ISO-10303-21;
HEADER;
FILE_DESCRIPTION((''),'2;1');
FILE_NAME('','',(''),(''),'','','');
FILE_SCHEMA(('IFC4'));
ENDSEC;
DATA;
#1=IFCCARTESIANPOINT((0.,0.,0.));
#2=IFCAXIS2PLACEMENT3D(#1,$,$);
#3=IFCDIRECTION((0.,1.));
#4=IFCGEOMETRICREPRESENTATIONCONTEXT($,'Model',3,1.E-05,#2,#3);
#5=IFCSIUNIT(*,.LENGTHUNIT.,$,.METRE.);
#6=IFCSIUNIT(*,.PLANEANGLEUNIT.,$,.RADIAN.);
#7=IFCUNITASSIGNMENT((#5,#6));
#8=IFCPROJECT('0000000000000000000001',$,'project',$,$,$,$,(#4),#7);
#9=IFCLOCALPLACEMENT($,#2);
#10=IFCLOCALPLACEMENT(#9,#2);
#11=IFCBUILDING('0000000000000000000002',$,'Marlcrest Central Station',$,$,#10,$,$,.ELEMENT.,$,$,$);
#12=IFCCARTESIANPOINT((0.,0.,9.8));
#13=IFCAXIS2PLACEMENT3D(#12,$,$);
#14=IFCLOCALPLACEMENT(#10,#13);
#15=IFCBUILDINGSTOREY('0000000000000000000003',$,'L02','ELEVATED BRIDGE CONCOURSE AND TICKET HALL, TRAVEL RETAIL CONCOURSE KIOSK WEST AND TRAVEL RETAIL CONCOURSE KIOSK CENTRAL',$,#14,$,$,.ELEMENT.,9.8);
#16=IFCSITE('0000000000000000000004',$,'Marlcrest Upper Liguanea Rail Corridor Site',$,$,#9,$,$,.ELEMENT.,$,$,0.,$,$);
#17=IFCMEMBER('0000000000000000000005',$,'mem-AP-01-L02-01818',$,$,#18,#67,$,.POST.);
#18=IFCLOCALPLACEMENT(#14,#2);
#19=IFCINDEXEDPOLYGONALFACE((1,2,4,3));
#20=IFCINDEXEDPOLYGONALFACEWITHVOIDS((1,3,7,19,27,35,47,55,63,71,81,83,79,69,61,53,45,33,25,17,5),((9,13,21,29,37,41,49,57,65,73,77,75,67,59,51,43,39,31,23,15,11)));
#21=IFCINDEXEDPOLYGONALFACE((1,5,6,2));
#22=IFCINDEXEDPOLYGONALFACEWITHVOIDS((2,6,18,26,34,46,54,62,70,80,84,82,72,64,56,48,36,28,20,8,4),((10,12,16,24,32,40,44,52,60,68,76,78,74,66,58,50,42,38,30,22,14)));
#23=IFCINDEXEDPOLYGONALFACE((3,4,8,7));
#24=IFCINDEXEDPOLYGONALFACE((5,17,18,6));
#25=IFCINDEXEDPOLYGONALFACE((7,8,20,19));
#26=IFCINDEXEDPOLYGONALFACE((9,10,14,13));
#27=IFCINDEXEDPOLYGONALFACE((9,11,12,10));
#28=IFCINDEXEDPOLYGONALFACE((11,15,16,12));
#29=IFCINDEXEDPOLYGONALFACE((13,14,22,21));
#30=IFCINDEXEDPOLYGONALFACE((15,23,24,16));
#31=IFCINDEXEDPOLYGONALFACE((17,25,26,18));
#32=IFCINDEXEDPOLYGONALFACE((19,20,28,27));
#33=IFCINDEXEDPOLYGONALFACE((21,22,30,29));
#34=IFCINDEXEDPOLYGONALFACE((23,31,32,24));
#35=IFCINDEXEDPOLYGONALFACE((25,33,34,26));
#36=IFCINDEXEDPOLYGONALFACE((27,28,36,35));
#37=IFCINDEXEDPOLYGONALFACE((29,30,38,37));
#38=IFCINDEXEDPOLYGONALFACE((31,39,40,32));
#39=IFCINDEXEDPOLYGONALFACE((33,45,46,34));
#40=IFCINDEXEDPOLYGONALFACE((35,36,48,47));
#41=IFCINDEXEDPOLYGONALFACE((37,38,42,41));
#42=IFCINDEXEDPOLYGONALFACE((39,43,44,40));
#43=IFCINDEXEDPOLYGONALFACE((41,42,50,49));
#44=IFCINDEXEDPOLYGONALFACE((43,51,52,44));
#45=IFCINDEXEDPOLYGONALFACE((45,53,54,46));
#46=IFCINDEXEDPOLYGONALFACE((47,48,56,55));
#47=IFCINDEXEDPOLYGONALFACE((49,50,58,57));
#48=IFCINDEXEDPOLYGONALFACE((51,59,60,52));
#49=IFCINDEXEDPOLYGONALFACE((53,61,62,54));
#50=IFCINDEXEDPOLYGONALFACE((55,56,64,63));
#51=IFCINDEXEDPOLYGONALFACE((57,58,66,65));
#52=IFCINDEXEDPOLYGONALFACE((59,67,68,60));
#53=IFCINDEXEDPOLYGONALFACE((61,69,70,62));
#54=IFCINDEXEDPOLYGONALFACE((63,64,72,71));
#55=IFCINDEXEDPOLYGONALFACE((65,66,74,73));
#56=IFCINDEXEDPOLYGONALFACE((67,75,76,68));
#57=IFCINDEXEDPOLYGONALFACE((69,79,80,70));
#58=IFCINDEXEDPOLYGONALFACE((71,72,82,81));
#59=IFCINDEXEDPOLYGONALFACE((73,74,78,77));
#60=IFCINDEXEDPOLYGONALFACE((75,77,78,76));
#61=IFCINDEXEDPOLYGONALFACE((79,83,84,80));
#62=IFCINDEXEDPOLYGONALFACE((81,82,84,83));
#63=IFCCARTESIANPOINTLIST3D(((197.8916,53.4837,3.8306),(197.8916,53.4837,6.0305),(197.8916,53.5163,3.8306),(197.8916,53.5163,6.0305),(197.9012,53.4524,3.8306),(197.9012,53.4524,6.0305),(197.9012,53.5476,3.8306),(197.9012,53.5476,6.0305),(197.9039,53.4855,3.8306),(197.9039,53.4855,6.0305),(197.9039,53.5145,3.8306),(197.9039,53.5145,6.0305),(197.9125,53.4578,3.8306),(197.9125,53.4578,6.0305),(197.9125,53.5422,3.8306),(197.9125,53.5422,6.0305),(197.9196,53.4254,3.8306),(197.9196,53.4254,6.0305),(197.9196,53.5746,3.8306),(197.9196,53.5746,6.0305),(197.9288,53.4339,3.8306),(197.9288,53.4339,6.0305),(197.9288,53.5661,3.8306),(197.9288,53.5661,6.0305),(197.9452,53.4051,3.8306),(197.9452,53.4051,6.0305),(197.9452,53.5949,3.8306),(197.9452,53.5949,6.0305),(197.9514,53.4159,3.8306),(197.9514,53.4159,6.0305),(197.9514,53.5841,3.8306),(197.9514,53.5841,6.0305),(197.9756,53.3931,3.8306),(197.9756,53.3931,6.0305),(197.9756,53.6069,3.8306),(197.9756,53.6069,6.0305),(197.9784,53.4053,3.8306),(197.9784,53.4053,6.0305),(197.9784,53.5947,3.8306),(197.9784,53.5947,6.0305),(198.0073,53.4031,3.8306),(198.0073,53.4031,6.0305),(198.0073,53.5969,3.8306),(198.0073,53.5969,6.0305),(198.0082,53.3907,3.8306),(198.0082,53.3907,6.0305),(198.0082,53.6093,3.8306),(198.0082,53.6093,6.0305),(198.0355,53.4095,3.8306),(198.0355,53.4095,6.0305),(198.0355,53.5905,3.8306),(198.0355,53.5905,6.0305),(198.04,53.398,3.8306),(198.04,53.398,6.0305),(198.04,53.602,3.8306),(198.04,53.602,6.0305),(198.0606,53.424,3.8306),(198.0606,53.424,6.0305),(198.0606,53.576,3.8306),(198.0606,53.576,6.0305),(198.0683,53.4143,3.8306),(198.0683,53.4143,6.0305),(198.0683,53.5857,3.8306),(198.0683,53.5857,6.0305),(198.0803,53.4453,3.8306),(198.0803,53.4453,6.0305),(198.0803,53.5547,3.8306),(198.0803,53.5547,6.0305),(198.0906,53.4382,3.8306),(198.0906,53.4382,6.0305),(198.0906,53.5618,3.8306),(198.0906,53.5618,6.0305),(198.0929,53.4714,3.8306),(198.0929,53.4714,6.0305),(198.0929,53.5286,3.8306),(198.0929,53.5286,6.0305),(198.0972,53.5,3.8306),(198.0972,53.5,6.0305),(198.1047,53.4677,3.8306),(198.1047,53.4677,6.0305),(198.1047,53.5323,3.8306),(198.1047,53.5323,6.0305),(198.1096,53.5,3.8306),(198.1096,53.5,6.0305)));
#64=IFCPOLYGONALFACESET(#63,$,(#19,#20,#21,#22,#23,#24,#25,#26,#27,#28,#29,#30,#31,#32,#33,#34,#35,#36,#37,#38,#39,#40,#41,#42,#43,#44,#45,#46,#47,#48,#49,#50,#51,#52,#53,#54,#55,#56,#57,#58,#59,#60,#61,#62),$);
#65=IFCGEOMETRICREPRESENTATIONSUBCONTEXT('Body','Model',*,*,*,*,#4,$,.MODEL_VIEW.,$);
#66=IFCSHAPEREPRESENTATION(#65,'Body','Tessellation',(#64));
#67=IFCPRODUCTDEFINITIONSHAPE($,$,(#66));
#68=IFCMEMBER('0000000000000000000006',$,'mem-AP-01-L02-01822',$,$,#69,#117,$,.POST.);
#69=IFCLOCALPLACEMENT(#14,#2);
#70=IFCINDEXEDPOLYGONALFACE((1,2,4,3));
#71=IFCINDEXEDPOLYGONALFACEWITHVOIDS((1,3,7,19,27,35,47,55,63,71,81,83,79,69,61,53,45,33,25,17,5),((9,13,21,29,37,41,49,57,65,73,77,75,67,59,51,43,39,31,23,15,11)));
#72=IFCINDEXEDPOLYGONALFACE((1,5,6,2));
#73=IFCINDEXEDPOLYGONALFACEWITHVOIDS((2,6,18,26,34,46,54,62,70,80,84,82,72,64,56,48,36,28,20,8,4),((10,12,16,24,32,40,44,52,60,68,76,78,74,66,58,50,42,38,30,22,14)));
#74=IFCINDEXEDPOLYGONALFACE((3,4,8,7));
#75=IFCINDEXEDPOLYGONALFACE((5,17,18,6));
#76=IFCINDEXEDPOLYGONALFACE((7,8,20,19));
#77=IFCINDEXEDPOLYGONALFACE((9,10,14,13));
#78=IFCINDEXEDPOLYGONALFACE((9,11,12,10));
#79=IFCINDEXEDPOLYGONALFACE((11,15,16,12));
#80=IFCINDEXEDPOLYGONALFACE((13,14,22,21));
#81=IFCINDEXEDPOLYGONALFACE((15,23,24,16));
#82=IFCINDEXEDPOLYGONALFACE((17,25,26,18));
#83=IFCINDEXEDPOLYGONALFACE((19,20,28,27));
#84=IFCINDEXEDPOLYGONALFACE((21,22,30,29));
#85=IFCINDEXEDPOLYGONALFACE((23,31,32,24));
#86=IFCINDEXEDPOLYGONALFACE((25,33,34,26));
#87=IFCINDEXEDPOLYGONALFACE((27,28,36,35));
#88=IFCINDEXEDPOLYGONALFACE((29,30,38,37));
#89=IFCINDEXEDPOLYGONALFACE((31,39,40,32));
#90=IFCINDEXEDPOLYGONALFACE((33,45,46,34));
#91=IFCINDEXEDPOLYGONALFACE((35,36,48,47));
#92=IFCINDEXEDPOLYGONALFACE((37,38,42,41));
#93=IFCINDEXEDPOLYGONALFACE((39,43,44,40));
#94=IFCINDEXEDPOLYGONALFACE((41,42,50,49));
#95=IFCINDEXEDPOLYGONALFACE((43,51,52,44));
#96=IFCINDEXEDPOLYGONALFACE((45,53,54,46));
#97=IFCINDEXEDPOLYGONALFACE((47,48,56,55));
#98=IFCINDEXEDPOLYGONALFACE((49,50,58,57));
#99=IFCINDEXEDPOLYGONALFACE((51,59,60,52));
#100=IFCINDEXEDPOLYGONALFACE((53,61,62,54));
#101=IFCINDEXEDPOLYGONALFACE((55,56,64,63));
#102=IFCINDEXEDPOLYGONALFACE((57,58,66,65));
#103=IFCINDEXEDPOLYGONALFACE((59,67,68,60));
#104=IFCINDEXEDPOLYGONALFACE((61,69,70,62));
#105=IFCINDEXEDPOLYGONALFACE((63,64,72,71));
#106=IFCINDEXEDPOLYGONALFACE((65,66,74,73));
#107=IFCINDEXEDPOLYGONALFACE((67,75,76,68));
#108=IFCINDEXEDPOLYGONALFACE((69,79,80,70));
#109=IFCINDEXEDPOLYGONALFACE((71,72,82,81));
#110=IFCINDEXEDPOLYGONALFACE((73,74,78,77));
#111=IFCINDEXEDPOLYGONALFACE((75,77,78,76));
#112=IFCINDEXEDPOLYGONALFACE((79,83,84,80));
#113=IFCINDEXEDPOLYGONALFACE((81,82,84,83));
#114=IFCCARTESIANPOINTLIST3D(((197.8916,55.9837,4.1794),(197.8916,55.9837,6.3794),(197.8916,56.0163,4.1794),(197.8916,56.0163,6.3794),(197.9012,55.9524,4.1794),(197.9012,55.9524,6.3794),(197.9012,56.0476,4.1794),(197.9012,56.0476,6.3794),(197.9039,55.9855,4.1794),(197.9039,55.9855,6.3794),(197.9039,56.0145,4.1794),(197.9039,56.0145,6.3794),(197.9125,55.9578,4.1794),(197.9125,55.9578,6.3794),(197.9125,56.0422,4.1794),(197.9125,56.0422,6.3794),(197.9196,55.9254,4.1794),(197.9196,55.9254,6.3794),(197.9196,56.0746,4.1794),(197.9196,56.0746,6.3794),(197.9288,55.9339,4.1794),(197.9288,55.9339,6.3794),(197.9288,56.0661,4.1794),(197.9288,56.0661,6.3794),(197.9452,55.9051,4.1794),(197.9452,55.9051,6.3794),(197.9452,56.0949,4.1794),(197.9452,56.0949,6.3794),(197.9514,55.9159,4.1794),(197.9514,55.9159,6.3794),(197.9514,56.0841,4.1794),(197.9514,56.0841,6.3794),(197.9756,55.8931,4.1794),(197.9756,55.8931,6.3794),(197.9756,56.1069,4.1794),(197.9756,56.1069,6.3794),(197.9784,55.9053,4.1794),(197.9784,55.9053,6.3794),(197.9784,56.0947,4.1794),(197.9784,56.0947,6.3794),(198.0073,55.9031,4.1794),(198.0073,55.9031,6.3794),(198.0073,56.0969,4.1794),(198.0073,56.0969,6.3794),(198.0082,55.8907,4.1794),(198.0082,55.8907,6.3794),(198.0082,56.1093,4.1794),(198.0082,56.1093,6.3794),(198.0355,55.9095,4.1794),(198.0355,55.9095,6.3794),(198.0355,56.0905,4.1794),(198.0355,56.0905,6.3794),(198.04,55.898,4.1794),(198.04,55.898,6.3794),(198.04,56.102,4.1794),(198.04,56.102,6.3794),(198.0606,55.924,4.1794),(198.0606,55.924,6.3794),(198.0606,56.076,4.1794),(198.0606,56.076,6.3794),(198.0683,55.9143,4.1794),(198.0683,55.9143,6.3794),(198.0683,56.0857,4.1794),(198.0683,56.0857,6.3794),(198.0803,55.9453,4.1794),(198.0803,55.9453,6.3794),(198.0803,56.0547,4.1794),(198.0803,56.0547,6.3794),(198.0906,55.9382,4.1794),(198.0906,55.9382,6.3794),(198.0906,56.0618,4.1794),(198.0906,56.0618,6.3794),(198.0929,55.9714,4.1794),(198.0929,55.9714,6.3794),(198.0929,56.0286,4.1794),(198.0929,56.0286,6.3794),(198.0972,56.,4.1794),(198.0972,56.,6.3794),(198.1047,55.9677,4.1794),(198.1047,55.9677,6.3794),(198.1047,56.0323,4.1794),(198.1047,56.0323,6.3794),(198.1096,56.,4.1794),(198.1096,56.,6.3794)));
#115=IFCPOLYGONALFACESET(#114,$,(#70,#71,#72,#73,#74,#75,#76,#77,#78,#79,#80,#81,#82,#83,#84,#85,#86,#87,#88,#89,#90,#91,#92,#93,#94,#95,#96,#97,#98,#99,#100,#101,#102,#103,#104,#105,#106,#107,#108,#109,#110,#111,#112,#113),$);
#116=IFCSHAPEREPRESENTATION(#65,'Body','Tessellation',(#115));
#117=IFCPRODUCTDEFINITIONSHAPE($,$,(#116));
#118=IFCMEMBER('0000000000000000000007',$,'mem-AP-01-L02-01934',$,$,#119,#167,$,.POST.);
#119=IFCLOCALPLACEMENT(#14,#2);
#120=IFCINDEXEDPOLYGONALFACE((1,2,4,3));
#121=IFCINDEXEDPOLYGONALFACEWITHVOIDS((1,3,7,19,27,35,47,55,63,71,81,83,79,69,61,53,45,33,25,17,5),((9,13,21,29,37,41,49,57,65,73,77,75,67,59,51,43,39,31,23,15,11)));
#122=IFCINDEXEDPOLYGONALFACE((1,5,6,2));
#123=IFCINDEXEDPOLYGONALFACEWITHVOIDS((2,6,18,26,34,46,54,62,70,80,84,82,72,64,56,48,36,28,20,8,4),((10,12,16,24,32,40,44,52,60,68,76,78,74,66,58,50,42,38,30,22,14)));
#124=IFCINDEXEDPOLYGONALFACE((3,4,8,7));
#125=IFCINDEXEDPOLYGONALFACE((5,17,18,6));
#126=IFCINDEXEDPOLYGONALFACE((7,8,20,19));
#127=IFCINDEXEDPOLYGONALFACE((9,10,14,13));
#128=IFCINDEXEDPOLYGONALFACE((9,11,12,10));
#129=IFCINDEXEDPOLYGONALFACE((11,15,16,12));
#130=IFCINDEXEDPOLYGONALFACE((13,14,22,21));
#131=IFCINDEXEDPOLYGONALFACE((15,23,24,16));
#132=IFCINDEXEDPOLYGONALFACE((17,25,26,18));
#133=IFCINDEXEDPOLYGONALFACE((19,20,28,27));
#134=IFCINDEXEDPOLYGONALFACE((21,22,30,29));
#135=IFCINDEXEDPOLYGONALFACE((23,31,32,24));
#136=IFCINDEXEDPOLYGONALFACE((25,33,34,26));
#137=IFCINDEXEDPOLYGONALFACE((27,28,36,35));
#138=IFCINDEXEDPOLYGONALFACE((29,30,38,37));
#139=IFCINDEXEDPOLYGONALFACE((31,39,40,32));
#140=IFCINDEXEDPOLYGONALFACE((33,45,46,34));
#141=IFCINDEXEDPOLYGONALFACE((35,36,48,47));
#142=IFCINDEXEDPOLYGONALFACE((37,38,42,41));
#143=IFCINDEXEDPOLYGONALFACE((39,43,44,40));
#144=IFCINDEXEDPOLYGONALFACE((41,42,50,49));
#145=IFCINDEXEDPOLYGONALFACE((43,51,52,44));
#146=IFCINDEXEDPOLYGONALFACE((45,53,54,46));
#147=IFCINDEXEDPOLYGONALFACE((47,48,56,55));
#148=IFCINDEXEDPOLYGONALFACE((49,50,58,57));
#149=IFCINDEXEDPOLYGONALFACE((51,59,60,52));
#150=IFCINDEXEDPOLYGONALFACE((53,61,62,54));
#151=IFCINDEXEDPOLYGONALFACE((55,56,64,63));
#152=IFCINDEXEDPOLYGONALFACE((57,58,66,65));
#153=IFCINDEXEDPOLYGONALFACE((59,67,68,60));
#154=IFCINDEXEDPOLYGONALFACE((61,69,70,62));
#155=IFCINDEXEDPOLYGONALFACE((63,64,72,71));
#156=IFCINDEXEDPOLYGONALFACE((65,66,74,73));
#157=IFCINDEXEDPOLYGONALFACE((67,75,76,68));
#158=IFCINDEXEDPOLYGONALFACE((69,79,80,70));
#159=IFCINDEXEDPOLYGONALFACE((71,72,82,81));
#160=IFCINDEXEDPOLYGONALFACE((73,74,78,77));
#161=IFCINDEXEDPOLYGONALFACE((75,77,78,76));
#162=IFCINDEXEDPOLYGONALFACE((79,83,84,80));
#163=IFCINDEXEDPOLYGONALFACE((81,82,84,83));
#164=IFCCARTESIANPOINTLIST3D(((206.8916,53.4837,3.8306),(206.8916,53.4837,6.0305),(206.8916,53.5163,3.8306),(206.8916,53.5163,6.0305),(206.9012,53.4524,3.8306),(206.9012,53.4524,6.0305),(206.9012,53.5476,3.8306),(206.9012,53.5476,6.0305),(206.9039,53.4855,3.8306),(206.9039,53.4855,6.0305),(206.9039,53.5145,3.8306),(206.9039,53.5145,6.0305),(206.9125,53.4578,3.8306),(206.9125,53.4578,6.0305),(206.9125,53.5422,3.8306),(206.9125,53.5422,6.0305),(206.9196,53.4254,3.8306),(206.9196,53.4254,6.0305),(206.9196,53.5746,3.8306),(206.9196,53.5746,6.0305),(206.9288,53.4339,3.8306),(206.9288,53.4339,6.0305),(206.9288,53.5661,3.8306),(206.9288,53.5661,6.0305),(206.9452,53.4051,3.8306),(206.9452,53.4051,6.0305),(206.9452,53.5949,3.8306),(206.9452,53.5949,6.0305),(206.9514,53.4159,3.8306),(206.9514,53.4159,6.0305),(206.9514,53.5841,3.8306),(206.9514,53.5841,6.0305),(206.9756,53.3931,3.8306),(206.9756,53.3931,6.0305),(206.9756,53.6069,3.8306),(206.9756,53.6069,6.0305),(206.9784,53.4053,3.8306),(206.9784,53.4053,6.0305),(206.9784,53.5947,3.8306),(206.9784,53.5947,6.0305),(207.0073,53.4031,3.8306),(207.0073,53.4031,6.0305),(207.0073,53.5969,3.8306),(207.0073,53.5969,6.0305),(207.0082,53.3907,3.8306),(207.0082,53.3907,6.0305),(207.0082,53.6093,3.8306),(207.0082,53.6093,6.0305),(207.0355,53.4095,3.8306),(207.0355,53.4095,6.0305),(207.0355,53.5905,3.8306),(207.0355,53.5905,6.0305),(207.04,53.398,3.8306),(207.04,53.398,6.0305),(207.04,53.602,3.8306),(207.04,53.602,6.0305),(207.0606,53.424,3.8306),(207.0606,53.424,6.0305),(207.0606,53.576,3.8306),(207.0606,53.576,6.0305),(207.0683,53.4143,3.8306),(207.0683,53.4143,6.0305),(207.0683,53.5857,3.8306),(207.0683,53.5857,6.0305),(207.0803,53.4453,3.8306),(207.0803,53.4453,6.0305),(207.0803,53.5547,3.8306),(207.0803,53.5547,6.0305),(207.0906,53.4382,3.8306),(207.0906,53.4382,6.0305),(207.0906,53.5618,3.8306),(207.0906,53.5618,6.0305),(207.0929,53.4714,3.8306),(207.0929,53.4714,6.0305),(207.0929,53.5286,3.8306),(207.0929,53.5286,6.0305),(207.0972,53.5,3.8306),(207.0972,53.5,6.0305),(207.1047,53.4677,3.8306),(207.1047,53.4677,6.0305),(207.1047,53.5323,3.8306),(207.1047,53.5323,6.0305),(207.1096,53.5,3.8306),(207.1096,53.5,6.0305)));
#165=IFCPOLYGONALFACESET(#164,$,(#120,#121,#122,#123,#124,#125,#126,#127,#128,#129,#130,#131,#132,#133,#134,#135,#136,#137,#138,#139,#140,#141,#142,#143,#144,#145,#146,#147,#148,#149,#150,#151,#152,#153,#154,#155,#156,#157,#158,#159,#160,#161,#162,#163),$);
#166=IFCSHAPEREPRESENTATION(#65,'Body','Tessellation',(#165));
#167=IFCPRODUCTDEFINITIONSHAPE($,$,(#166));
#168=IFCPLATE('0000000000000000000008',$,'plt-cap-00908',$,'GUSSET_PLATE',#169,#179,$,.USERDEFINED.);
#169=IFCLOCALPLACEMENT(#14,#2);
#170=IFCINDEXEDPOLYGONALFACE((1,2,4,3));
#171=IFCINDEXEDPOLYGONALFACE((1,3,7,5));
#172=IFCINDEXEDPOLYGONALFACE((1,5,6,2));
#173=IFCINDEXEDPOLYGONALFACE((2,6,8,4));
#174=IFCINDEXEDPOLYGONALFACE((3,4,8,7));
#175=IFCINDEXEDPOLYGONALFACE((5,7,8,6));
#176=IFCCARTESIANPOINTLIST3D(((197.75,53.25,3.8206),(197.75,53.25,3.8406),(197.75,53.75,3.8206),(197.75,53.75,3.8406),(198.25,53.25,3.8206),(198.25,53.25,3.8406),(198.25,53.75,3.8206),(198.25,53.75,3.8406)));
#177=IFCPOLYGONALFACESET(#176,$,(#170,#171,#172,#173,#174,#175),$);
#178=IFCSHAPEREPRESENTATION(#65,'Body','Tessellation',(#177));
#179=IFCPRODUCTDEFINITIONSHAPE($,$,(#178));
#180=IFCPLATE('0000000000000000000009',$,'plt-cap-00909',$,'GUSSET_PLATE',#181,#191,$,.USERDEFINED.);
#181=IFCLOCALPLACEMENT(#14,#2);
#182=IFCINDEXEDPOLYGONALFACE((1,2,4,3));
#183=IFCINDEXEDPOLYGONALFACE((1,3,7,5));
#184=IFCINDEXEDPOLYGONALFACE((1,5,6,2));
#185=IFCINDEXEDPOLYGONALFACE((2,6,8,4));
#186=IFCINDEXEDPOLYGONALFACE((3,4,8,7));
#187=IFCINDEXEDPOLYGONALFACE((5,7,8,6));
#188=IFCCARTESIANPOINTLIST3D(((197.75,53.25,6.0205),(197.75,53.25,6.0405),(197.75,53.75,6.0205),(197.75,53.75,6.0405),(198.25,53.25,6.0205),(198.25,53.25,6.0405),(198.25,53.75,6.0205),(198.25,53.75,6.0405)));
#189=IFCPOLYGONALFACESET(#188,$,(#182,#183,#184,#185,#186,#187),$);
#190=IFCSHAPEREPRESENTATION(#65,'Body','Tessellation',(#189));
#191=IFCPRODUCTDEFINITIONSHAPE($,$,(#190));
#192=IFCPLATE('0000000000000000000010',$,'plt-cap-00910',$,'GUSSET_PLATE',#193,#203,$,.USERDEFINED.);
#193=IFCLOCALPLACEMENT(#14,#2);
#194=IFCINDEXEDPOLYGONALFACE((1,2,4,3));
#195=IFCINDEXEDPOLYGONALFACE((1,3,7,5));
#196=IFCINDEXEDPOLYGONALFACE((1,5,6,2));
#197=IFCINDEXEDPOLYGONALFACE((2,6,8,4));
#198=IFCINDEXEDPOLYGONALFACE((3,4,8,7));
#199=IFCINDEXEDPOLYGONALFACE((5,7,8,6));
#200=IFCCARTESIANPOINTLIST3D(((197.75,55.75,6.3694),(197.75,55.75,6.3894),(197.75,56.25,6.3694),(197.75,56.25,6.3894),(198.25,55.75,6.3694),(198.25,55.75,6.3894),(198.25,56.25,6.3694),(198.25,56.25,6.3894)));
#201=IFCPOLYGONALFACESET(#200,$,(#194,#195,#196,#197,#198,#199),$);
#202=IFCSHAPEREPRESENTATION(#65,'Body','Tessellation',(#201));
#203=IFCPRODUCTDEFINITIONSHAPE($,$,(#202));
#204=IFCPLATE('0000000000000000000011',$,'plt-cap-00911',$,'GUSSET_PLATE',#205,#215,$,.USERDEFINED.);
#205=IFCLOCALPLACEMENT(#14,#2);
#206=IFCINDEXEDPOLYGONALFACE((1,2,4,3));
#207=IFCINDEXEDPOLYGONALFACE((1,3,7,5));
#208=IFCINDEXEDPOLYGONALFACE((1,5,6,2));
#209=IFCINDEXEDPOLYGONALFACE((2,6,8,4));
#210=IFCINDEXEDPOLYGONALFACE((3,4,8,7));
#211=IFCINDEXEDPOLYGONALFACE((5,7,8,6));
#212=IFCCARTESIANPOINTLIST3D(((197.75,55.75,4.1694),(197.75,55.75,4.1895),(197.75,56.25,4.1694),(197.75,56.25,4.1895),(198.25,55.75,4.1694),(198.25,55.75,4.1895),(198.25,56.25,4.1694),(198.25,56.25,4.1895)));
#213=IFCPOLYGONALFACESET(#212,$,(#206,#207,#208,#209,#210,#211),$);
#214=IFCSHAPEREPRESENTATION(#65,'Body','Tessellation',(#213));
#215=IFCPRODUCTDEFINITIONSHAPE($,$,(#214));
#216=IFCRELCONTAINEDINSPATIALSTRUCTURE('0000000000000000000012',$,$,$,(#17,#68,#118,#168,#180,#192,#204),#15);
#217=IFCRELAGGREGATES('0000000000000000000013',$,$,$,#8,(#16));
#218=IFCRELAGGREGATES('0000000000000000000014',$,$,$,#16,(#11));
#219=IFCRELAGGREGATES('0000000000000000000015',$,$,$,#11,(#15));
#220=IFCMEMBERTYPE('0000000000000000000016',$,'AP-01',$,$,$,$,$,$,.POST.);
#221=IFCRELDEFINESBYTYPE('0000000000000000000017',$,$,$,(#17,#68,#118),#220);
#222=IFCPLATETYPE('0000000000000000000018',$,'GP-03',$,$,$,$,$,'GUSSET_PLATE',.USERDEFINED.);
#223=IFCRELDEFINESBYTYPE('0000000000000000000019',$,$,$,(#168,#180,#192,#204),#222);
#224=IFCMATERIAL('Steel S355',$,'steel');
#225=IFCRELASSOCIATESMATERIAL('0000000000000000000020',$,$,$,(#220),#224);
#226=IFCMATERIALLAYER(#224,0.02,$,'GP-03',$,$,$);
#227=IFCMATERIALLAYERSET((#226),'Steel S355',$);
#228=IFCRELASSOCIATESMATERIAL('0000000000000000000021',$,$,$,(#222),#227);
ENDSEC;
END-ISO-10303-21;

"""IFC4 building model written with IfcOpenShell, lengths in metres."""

from ifc_helpers import new_model, si_unit, direction, frame, origin, origin_2d, place, context, subcontext, project, spatial, rectangle, hollow_circle, extrude, material, layer, layer_set, material_profile, profile_set, type_object, element, save


model = new_model("IFC4")

# Units and contexts
model_context = context("Model", 3, precision=1e-05, world=origin(), true_north=direction((0.0, 1.0)))
body_context = subcontext(model_context, "Body", "Model", "MODEL_VIEW")
ifc_project = project(units=[si_unit("LENGTHUNIT", "METRE"), si_unit("PLANEANGLEUNIT", "RADIAN")], contexts=[model_context])

# Site, building, storey
site_placement = place(None, origin())
site = spatial("IfcSite", under=ifc_project, at=site_placement, Name="Marlcrest Upper Liguanea Rail Corridor Site", CompositionType="ELEMENT", RefElevation=0.0)
building_placement = place(site_placement, origin())
building = spatial("IfcBuilding", under=site, at=building_placement, Name="Marlcrest Central Station", CompositionType="ELEMENT")
storey_placement = place(building_placement, frame((0.0, 0.0, 9.8)))
storey = spatial("IfcBuildingStorey", under=building, at=storey_placement, Name="L02", Description="ELEVATED BRIDGE CONCOURSE AND TICKET HALL, TRAVEL RETAIL CONCOURSE KIOSK WEST AND TRAVEL RETAIL CONCOURSE KIOSK CENTRAL", CompositionType="ELEMENT", Elevation=9.8)

# Members
ifc_material = material(Name="Steel S355", Category="steel")
ifc_material_profile_1 = material_profile(ifc_material, hollow_circle(Radius=0.1096, WallThickness=0.0125, at=origin_2d()), Name="CHS 219.1x12.5")
ifc_profile_set_1 = profile_set([ifc_material_profile_1], Name="Steel S355")
member_type_1 = type_object("IfcMemberType", Name="AP-01", PredefinedType="POST", material=ifc_profile_set_1)
for number, where, z_axis, x_axis, name in (
    (1, (198.0, 53.5, 3.8306), (0.0, 0.0, 1.0), (1.0, 0.0, 0.0), "mem-AP-01-L02-01818"),
    (2, (198.0, 56.0, 4.1794), (0.0, 0.0, 1.0), (1.0, 0.0, 0.0), "mem-AP-01-L02-01822"),
    (3, (207.0, 53.5, 3.8306), (0.0, 0.0, 1.0), (1.0, 0.0, 0.0), "mem-AP-01-L02-01934"),
):
    element("IfcMember", number, at=place(storey_placement, frame(where, z_axis=z_axis, x_axis=x_axis)), inside=storey, type_object=member_type_1, Name=name, PredefinedType="POST", context=body_context, shape_type="SweptSolid", body=[
        extrude(hollow_circle(Radius=0.1096, WallThickness=0.0125, at=origin_2d()), origin(), (0.0, 0.0, 1.0), 2.2),
    ])

# Plates
ifc_layer = layer(ifc_material, 0.02, Name="GP-03")
ifc_layer_set = layer_set([ifc_layer], Name="Steel S355")
plate_type = type_object("IfcPlateType", Name="GP-03", ElementType="GUSSET_PLATE", PredefinedType="USERDEFINED", material=ifc_layer_set)
for number, where, z_axis, x_axis, name in (
    (4, (198.0, 53.5, 3.8206), (0.0, 0.0, 1.0), (1.0, 0.0, 0.0), "plt-cap-00908"),
    (5, (198.0, 53.5, 6.0205), (0.0, 0.0, 1.0), (1.0, 0.0, 0.0), "plt-cap-00909"),
    (6, (198.0, 56.0, 6.3694), (0.0, 0.0, 1.0), (1.0, 0.0, 0.0), "plt-cap-00910"),
    (7, (198.0, 56.0, 4.1694), (0.0, 0.0, 1.0), (1.0, 0.0, 0.0), "plt-cap-00911"),
):
    element("IfcPlate", number, at=place(storey_placement, frame(where, z_axis=z_axis, x_axis=x_axis)), inside=storey, type_object=plate_type, Name=name, ObjectType="GUSSET_PLATE", PredefinedType="USERDEFINED", context=body_context, shape_type="SweptSolid", body=[
        extrude(rectangle(XDim=0.5, YDim=0.5, at=origin_2d()), origin(), (0.0, 0.0, 1.0), 0.02),
    ])

save(model, "model.ifc")
